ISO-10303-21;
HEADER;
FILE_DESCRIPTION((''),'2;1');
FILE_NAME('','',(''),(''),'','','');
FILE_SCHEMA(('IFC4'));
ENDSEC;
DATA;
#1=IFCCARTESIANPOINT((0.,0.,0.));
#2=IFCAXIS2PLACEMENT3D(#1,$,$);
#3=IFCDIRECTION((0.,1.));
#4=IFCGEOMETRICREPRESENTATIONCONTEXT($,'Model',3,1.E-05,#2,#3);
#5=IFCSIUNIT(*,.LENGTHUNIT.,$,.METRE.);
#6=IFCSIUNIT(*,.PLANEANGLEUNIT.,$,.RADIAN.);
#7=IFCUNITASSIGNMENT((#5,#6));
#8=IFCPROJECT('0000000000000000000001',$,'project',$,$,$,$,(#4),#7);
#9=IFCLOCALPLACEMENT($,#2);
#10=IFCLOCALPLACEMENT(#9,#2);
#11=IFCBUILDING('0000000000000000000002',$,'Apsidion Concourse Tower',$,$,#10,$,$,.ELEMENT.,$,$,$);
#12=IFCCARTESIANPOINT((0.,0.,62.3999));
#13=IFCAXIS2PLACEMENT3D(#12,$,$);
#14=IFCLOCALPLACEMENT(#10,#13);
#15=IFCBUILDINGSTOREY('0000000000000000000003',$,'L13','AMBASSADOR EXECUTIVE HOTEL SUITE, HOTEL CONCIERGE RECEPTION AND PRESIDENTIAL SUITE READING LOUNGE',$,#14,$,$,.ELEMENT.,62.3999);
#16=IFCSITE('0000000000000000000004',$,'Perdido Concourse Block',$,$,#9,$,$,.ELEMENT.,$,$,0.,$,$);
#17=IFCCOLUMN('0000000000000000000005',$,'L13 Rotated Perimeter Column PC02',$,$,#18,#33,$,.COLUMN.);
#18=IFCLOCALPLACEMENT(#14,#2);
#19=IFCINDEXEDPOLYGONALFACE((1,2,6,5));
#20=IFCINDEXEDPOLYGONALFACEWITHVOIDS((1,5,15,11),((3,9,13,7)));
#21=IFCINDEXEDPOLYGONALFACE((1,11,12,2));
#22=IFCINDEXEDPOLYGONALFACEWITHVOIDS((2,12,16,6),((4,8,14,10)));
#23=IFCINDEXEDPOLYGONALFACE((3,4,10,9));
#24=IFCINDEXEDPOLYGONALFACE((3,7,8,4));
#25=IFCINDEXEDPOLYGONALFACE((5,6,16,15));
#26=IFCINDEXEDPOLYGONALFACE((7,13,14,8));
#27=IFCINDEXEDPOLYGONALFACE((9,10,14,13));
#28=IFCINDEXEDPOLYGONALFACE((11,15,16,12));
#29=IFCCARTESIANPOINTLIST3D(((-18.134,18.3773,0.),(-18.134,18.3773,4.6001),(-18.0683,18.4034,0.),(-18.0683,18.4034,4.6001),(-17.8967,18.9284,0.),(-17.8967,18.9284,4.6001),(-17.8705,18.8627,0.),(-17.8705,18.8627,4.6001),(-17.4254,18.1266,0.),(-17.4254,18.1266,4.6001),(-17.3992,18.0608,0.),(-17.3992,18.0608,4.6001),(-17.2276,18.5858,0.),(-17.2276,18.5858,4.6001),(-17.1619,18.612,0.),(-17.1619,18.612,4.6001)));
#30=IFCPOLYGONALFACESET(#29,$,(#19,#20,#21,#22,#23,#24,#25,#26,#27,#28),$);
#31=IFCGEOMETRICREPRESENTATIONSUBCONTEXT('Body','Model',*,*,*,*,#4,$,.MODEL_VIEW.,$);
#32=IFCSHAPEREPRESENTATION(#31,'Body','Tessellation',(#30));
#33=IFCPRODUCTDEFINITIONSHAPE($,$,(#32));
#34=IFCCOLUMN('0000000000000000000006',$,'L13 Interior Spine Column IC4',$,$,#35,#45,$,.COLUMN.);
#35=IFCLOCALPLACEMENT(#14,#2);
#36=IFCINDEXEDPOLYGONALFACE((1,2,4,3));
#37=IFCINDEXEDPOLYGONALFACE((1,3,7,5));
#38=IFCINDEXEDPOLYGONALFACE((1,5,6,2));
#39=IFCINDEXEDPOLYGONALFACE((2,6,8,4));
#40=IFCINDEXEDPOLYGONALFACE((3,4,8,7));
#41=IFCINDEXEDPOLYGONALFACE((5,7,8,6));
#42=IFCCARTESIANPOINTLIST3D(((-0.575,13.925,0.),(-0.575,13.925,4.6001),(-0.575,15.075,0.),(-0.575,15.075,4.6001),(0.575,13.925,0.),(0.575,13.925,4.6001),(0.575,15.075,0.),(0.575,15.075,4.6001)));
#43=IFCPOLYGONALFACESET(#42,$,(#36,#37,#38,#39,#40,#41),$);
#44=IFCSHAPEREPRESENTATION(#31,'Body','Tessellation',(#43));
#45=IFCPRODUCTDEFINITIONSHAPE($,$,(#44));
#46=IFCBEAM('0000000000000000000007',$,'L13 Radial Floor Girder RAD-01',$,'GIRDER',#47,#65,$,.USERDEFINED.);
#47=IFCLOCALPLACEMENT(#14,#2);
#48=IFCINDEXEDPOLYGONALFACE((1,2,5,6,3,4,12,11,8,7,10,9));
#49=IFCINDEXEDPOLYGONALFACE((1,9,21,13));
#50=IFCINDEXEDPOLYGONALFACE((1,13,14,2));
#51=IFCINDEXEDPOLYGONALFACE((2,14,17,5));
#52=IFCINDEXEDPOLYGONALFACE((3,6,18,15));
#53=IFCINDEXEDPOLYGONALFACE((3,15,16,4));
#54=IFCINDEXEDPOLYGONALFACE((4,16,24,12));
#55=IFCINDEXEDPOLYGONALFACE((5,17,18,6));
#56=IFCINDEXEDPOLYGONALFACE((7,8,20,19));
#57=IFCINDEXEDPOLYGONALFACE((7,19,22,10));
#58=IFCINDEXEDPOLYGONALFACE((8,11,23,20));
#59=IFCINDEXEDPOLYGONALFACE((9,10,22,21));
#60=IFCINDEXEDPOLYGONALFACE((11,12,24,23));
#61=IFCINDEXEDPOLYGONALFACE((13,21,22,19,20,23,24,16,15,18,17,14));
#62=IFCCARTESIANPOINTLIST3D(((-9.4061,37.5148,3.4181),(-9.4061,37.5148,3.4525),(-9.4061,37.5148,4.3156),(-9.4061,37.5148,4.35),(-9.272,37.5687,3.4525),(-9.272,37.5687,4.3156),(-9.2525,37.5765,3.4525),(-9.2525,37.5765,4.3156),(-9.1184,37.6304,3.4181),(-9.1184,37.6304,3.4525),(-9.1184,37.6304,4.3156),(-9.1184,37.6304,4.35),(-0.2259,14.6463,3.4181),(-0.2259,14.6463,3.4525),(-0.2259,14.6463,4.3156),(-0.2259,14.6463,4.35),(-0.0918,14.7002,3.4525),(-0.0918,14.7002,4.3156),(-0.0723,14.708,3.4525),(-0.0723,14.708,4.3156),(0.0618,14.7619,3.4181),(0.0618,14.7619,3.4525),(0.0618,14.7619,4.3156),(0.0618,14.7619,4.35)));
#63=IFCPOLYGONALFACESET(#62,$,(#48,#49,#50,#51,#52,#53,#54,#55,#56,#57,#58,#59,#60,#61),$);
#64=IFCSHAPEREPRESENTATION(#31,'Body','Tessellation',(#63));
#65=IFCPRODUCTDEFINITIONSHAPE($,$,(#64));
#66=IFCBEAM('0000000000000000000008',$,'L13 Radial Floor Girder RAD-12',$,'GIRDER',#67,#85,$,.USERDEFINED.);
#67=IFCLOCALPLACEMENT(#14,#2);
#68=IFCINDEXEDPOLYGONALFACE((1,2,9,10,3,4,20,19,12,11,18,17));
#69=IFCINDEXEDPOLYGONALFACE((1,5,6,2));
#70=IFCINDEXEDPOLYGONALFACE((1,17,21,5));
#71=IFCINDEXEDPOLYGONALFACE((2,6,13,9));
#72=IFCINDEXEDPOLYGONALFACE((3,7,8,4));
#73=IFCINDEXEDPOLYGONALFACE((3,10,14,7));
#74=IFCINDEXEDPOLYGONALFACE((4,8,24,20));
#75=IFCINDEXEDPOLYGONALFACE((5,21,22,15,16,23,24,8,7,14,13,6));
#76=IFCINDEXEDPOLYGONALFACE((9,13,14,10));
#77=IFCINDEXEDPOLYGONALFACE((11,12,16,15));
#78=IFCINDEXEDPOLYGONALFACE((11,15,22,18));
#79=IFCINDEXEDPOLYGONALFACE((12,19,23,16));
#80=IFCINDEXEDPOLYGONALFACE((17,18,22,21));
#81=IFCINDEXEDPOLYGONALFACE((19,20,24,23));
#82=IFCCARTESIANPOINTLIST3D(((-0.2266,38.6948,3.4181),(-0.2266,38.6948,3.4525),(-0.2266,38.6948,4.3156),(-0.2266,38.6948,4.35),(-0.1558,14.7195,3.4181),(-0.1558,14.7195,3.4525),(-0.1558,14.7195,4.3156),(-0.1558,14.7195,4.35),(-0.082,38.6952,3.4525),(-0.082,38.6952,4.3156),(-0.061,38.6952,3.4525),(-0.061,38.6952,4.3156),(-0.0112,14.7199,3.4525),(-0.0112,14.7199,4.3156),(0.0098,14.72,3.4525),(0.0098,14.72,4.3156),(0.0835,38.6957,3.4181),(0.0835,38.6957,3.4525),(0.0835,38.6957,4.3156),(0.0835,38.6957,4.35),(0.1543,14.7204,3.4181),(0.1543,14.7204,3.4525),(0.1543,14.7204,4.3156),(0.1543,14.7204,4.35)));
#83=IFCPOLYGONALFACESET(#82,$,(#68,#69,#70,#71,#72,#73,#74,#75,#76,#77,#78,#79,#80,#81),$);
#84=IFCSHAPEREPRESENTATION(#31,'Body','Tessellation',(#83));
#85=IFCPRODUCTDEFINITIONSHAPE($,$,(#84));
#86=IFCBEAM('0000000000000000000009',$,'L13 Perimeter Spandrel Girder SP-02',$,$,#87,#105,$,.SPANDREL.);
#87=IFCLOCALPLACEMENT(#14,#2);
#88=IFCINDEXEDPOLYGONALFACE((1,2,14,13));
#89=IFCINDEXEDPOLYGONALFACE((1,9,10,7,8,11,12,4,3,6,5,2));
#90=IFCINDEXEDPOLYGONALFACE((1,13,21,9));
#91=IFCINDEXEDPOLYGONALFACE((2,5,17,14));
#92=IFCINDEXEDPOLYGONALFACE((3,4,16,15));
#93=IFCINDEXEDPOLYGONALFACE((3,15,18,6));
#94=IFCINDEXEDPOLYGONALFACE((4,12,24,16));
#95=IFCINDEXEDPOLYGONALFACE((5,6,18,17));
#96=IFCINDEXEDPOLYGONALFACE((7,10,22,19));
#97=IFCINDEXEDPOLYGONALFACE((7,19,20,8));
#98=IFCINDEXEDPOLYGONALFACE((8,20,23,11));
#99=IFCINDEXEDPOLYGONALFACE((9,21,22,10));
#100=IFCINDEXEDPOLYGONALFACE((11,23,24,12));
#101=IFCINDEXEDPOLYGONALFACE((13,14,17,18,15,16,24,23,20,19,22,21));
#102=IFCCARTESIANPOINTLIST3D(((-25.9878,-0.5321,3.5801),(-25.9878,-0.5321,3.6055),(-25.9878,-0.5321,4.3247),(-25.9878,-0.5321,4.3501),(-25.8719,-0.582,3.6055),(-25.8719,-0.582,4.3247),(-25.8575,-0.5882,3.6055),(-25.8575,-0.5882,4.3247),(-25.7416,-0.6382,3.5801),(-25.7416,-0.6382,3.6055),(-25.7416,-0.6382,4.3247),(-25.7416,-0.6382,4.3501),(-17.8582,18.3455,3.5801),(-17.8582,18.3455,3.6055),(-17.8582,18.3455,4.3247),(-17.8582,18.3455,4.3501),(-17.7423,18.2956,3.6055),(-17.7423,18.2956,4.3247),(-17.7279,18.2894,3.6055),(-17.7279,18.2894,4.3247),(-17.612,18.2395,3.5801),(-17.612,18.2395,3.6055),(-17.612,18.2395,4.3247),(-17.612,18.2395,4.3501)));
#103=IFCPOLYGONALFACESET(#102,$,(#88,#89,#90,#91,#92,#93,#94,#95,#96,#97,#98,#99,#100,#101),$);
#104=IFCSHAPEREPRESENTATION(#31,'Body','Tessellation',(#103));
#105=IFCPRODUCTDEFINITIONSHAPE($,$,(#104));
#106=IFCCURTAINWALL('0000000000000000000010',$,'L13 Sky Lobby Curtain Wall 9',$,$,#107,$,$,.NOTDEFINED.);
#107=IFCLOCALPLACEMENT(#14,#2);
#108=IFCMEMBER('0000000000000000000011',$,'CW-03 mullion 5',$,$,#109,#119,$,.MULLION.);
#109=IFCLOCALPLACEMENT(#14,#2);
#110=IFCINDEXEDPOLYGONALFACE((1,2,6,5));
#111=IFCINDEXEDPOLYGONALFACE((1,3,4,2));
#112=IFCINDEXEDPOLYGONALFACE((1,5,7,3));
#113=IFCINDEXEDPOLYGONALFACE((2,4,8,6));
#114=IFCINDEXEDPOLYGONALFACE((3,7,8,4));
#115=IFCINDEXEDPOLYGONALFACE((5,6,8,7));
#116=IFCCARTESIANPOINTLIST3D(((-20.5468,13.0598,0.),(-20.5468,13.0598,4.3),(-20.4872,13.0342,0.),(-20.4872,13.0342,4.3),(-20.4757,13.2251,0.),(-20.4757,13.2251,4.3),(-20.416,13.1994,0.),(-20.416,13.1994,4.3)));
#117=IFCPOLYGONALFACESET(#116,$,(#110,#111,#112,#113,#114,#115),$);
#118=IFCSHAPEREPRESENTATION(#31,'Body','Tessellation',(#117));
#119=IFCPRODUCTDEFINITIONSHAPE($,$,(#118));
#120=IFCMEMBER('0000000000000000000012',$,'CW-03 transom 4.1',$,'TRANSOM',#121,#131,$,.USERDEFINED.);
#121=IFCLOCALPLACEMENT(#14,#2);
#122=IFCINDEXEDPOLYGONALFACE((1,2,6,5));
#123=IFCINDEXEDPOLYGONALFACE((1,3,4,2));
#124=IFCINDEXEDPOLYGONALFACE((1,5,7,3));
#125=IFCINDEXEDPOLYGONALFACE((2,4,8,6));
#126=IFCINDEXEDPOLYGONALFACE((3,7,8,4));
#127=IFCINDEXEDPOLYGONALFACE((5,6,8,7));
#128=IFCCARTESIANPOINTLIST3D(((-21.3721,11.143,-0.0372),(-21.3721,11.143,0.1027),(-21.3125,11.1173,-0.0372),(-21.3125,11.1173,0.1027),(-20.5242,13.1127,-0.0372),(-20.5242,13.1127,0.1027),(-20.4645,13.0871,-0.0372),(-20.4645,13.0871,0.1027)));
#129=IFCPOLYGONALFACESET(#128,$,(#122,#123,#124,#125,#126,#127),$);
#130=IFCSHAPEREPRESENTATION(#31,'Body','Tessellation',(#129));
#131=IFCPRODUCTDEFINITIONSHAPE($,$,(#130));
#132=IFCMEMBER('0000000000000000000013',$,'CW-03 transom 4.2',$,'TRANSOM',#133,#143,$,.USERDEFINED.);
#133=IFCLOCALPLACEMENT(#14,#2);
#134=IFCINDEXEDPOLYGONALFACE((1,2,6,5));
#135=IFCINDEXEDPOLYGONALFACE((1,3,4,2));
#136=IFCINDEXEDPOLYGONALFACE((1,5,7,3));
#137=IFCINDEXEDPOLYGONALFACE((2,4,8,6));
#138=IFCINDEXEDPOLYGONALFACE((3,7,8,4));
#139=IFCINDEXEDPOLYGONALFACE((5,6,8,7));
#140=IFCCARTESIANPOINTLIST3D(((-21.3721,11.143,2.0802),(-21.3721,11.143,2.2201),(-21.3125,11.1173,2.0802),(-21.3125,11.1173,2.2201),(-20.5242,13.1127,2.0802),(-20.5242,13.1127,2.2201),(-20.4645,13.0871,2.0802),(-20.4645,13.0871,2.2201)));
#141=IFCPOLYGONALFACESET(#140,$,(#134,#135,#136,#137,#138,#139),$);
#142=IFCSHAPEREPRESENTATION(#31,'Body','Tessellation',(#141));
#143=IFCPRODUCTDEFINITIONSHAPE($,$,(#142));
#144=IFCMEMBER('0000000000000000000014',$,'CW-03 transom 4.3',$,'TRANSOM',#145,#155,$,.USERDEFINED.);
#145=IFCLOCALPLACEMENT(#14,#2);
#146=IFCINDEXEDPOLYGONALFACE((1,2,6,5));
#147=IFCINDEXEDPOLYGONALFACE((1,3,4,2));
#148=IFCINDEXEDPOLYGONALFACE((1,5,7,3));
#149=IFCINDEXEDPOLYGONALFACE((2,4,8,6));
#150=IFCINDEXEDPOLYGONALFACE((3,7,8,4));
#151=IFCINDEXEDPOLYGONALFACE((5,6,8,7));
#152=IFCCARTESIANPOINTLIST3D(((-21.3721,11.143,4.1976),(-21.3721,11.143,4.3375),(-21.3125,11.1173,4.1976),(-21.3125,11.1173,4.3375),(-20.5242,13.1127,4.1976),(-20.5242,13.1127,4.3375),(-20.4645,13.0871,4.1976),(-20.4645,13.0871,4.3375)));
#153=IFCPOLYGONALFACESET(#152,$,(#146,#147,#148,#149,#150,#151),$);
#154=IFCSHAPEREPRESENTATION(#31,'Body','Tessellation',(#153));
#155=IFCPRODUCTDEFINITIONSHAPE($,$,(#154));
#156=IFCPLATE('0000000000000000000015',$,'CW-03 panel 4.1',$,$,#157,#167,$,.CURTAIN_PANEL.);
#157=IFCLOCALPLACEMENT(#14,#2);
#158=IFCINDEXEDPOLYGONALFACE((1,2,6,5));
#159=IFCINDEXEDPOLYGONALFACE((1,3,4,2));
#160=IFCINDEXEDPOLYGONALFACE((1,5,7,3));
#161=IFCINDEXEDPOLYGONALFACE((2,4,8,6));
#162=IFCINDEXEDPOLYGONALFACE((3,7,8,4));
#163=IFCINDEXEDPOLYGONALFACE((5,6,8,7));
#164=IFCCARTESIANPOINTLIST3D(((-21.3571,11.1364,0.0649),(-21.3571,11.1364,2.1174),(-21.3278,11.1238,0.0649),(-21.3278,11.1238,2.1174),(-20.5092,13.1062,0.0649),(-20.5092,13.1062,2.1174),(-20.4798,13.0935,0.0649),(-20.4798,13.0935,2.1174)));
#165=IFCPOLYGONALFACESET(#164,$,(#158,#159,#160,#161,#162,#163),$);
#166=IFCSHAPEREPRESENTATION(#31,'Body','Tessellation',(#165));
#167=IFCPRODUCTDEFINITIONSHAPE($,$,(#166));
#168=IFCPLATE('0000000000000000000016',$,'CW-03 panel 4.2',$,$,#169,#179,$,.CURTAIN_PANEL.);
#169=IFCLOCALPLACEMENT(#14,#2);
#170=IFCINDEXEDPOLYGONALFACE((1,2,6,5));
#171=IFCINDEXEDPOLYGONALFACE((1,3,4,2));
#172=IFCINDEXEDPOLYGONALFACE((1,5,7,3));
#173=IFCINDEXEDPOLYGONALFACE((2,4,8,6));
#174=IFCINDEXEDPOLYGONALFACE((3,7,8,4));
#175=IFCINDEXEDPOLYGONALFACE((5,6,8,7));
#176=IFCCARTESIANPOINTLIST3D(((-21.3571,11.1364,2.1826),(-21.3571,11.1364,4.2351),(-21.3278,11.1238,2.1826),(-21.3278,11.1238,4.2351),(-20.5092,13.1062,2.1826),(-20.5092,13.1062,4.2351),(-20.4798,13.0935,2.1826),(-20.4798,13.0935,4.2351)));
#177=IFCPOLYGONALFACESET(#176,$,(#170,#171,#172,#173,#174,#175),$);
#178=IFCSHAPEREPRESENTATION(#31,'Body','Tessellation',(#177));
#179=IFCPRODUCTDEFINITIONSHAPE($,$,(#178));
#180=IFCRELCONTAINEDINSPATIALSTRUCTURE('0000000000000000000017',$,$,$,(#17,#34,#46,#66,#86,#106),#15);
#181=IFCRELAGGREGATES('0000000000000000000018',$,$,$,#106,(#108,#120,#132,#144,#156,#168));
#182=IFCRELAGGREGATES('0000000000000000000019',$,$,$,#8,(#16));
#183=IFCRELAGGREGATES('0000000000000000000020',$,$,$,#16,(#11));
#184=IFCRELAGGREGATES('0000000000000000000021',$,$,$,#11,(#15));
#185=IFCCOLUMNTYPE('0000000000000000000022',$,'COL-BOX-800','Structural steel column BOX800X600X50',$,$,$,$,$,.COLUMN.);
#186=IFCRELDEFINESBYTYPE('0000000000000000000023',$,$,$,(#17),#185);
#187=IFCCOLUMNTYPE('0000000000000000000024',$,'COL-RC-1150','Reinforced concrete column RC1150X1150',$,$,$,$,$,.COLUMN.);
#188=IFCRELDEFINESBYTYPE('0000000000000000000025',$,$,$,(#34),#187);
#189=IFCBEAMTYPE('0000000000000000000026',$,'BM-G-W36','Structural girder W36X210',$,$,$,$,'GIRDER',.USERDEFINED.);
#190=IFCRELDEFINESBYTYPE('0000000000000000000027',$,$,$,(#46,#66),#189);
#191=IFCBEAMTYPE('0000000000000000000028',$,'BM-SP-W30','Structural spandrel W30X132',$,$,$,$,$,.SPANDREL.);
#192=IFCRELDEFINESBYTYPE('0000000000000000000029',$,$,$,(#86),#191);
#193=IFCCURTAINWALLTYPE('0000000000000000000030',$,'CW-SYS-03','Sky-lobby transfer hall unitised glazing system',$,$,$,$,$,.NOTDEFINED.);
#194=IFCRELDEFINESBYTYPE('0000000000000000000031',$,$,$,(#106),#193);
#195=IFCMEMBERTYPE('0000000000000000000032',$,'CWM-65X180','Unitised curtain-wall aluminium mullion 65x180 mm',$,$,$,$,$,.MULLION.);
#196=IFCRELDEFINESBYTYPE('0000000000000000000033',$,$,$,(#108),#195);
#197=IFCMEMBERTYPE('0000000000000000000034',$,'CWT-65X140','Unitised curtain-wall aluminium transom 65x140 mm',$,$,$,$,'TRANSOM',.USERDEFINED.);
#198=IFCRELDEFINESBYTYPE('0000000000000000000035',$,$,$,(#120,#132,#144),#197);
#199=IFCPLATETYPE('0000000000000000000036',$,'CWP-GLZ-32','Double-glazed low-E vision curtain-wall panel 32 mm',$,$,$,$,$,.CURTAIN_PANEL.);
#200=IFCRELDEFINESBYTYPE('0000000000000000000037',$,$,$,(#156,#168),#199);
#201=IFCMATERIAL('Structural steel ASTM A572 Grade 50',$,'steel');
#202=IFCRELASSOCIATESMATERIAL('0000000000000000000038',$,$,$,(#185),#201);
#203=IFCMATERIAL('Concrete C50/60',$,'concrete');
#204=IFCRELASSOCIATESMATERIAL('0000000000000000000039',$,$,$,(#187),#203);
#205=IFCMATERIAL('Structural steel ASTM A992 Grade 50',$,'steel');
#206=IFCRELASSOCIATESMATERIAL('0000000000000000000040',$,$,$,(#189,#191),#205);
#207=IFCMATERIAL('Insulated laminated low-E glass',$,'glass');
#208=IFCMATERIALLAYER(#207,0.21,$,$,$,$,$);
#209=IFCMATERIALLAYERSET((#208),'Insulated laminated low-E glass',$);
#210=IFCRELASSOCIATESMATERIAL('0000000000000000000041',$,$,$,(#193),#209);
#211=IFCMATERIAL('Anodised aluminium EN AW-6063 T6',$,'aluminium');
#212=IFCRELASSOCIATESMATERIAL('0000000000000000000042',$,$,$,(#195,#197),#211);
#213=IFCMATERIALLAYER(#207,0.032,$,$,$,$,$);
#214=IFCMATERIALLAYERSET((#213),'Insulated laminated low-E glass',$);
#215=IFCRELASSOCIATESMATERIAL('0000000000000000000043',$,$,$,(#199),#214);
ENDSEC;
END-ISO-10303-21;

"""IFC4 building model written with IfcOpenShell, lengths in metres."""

from ifc_helpers import new_model, si_unit, direction, frame, origin, origin_2d, place, context, subcontext, project, spatial, rectangle, hollow_rectangle, i_section, extrude, material, layer, layer_set, material_profile, profile_set, type_object, element, aggregate, save


model = new_model("IFC4")

# Units and contexts
model_context = context("Model", 3, precision=1e-05, world=origin(), true_north=direction((0.0, 1.0)))
body_context = subcontext(model_context, "Body", "Model", "MODEL_VIEW")
ifc_project = project(units=[si_unit("LENGTHUNIT", "METRE"), si_unit("PLANEANGLEUNIT", "RADIAN")], contexts=[model_context])

# Site, building, storey
site_placement = place(None, origin())
site = spatial("IfcSite", under=ifc_project, at=site_placement, Name="Perdido Concourse Block", CompositionType="ELEMENT", RefElevation=0.0)
building_placement = place(site_placement, origin())
building = spatial("IfcBuilding", under=site, at=building_placement, Name="Apsidion Concourse Tower", CompositionType="ELEMENT")
storey_placement = place(building_placement, frame((0.0, 0.0, 62.3999)))
storey = spatial("IfcBuildingStorey", under=building, at=storey_placement, Name="L13", Description="AMBASSADOR EXECUTIVE HOTEL SUITE, HOTEL CONCIERGE RECEPTION AND PRESIDENTIAL SUITE READING LOUNGE", CompositionType="ELEMENT", Elevation=62.3999)

# Columns
ifc_material_1 = material(Name="Structural steel ASTM A572 Grade 50", Category="steel")
ifc_material_profile_1 = material_profile(ifc_material_1, hollow_rectangle(XDim=0.6001, YDim=0.8, WallThickness=0.05, at=origin_2d()), Name="BOX800X600X50")
ifc_profile_set_1 = profile_set([ifc_material_profile_1], Name="Structural steel ASTM A572 Grade 50")
column_type_1 = type_object("IfcColumnType", Name="COL-BOX-800", Description="Structural steel column BOX800X600X50", PredefinedType="COLUMN", material=ifc_profile_set_1)
column_1_placement = place(storey_placement, frame((-17.6479, 18.4946, 0.0), z_axis=(0.0, 0.0, 1.0), x_axis=(0.395546, 0.918446, 0.0)))
element("IfcColumn", 1, at=column_1_placement, inside=storey, type_object=column_type_1, Name="L13 Rotated Perimeter Column PC02", PredefinedType="COLUMN", context=body_context, shape_type="SweptSolid", body=[
    extrude(hollow_rectangle(XDim=0.6001, YDim=0.8, WallThickness=0.05, at=origin_2d()), origin(), (0.0, 0.0, 1.0), 4.6001),
])
ifc_material_2 = material(Name="Concrete C50/60", Category="concrete")
ifc_material_profile_2 = material_profile(ifc_material_2, rectangle(XDim=1.1499, YDim=1.1499, at=origin_2d()), Name="RC 1150x1150")
ifc_profile_set_2 = profile_set([ifc_material_profile_2], Name="Concrete C50/60")
column_type_2 = type_object("IfcColumnType", Name="COL-RC-1150", Description="Reinforced concrete column RC1150X1150", PredefinedType="COLUMN", material=ifc_profile_set_2)
column_2_placement = place(storey_placement, frame((0.0, 14.5, 0.0), z_axis=(0.0, 0.0, 1.0), x_axis=(1.0, 0.0, 0.0)))
element("IfcColumn", 2, at=column_2_placement, inside=storey, type_object=column_type_2, Name="L13 Interior Spine Column IC4", PredefinedType="COLUMN", context=body_context, shape_type="SweptSolid", body=[
    extrude(rectangle(XDim=1.1499, YDim=1.1499, at=origin_2d()), origin(), (0.0, 0.0, 1.0), 4.6001),
])

# Beams
ifc_material_3 = material(Name="Structural steel ASTM A992 Grade 50", Category="steel")
ifc_material_profile_3 = material_profile(ifc_material_3, i_section(OverallWidth=0.3101, OverallDepth=0.9319, WebThickness=0.021, FlangeThickness=0.0344, at=origin_2d()), Name="W36X210")
ifc_profile_set_3 = profile_set([ifc_material_profile_3], Name="Structural steel ASTM A992 Grade 50")
beam_type_1 = type_object("IfcBeamType", Name="BM-G-W36", Description="Structural girder W36X210", ElementType="GIRDER", PredefinedType="USERDEFINED", material=ifc_profile_set_3)
beam_1_placement = place(storey_placement, frame((-0.082, 14.7041, 3.884), z_axis=(-0.372538, 0.928017, 0.0), x_axis=(-0.928017, -0.372538, 0.0)))
element("IfcBeam", 3, at=beam_1_placement, inside=storey, type_object=beam_type_1, Name="L13 Radial Floor Girder RAD-01", ObjectType="GIRDER", PredefinedType="USERDEFINED", context=body_context, shape_type="SweptSolid", body=[
    extrude(i_section(OverallWidth=0.3101, OverallDepth=0.9319, WebThickness=0.021, FlangeThickness=0.0344, at=origin_2d()), origin(), (0.0, 0.0, 1.0), 24.6423),
])
beam_2_placement = place(storey_placement, frame((-0.0007, 14.72, 3.884), z_axis=(-0.002953, 0.999996, 0.0), x_axis=(-0.999996, -0.002953, 0.0)))
element("IfcBeam", 4, at=beam_2_placement, inside=storey, type_object=beam_type_1, Name="L13 Radial Floor Girder RAD-12", ObjectType="GIRDER", PredefinedType="USERDEFINED", context=body_context, shape_type="SweptSolid", body=[
    extrude(i_section(OverallWidth=0.3101, OverallDepth=0.9319, WebThickness=0.021, FlangeThickness=0.0344, at=origin_2d()), origin(), (0.0, 0.0, 1.0), 23.9753),
])
ifc_material_profile_4 = material_profile(ifc_material_3, i_section(OverallWidth=0.2681, OverallDepth=0.77, WebThickness=0.0156, FlangeThickness=0.0254, at=origin_2d()), Name="W30X132")
ifc_profile_set_4 = profile_set([ifc_material_profile_4], Name="Structural steel ASTM A992 Grade 50")
beam_type_2 = type_object("IfcBeamType", Name="BM-SP-W30", Description="Structural spandrel W30X132", PredefinedType="SPANDREL", material=ifc_profile_set_4)
beam_3_placement = place(storey_placement, frame((-17.7351, 18.2925, 3.9651), z_axis=(-0.39553, -0.918453, 0.0), x_axis=(0.918453, -0.39553, 0.0)))
element("IfcBeam", 5, at=beam_3_placement, inside=storey, type_object=beam_type_2, Name="L13 Perimeter Spandrel Girder SP-02", PredefinedType="SPANDREL", context=body_context, shape_type="SweptSolid", body=[
    extrude(i_section(OverallWidth=0.2681, OverallDepth=0.77, WebThickness=0.0156, FlangeThickness=0.0254, at=origin_2d()), origin(), (0.0, 0.0, 1.0), 20.5537),
])

# Curtain wall, members, plates
ifc_material_4 = material(Name="Insulated laminated low-E glass", Category="glass")
ifc_layer_1 = layer(ifc_material_4, 0.21)
ifc_layer_set_1 = layer_set([ifc_layer_1], Name="Insulated laminated low-E glass")
curtain_wall_type = type_object("IfcCurtainWallType", Name="CW-SYS-03", Description="Sky-lobby transfer hall unitised glazing system", PredefinedType="NOTDEFINED", material=ifc_layer_set_1)
curtain_wall_placement = place(storey_placement, origin())
curtain_wall = element("IfcCurtainWall", 6, at=curtain_wall_placement, inside=storey, type_object=curtain_wall_type, Name="L13 Sky Lobby Curtain Wall 9", PredefinedType="NOTDEFINED")
ifc_material_5 = material(Name="Anodised aluminium EN AW-6063 T6", Category="aluminium")
ifc_material_profile_5 = material_profile(ifc_material_5, rectangle(XDim=0.0649, YDim=0.1799, at=origin_2d()), Name="ALU MULLION 65x180")
ifc_profile_set_5 = profile_set([ifc_material_profile_5], Name="Anodised aluminium EN AW-6063 T6")
member_type_1 = type_object("IfcMemberType", Name="CWM-65X180", Description="Unitised curtain-wall aluminium mullion 65x180 mm", PredefinedType="MULLION", material=ifc_profile_set_5)
member_1_placement = place(storey_placement, frame((-20.4814, 13.1296, 0.0), z_axis=(0.0, 0.0, 1.0), x_axis=(-0.918501, 0.395419, 0.0)))
member_1 = element("IfcMember", 7, at=member_1_placement, type_object=member_type_1, Name="CW-03 mullion 5", PredefinedType="MULLION", context=body_context, shape_type="SweptSolid", body=[
    extrude(rectangle(XDim=0.0649, YDim=0.1799, at=origin_2d()), origin(), (0.0, 0.0, 1.0), 4.3),
])
ifc_material_profile_6 = material_profile(ifc_material_5, rectangle(XDim=0.0649, YDim=0.1399, at=origin_2d()), Name="ALU TRANSOM 65x140")
ifc_profile_set_6 = profile_set([ifc_material_profile_6], Name="Anodised aluminium EN AW-6063 T6")
member_type_2 = type_object("IfcMemberType", Name="CWT-65X140", Description="Unitised curtain-wall aluminium transom 65x140 mm", ElementType="TRANSOM", PredefinedType="USERDEFINED", material=ifc_profile_set_6)
member_2_placement = place(storey_placement, frame((-21.3423, 11.1301, 0.0327), z_axis=(0.395389, 0.918514, 0.0), x_axis=(-0.918514, 0.395389, 0.0)))
member_2 = element("IfcMember", 8, at=member_2_placement, type_object=member_type_2, Name="CW-03 transom 4.1", ObjectType="TRANSOM", PredefinedType="USERDEFINED", context=body_context, shape_type="SweptSolid", body=[
    extrude(rectangle(XDim=0.0649, YDim=0.1399, at=origin_2d()), origin(), (0.0, 0.0, 1.0), 2.1445),
])
member_3_placement = place(storey_placement, frame((-21.3423, 11.1301, 2.1501), z_axis=(0.395389, 0.918514, 0.0), x_axis=(-0.918514, 0.395389, 0.0)))
member_3 = element("IfcMember", 9, at=member_3_placement, type_object=member_type_2, Name="CW-03 transom 4.2", ObjectType="TRANSOM", PredefinedType="USERDEFINED", context=body_context, shape_type="SweptSolid", body=[
    extrude(rectangle(XDim=0.0649, YDim=0.1399, at=origin_2d()), origin(), (0.0, 0.0, 1.0), 2.1445),
])
member_4_placement = place(storey_placement, frame((-21.3423, 11.1301, 4.2676), z_axis=(0.395389, 0.918514, 0.0), x_axis=(-0.918514, 0.395389, 0.0)))
member_4 = element("IfcMember", 10, at=member_4_placement, type_object=member_type_2, Name="CW-03 transom 4.3", ObjectType="TRANSOM", PredefinedType="USERDEFINED", context=body_context, shape_type="SweptSolid", body=[
    extrude(rectangle(XDim=0.0649, YDim=0.1399, at=origin_2d()), origin(), (0.0, 0.0, 1.0), 2.1445),
])
ifc_layer_2 = layer(ifc_material_4, 0.032)
ifc_layer_set_2 = layer_set([ifc_layer_2], Name="Insulated laminated low-E glass")
plate_type = type_object("IfcPlateType", Name="CWP-GLZ-32", Description="Double-glazed low-E vision curtain-wall panel 32 mm", PredefinedType="CURTAIN_PANEL", material=ifc_layer_set_2)
plate_1_placement = place(storey_placement, frame((-20.9185, 12.115, 0.0649), z_axis=(0.0, 0.0, 1.0), x_axis=(0.395419, 0.918501, 0.0)))
plate_1 = element("IfcPlate", 11, at=plate_1_placement, type_object=plate_type, Name="CW-03 panel 4.1", PredefinedType="CURTAIN_PANEL", context=body_context, shape_type="SweptSolid", body=[
    extrude(rectangle(XDim=2.1445, YDim=0.032, at=origin_2d()), origin(), (0.0, 0.0, 1.0), 2.0525),
])
plate_2_placement = place(storey_placement, frame((-20.9185, 12.115, 2.1826), z_axis=(0.0, 0.0, 1.0), x_axis=(0.395419, 0.918501, 0.0)))
plate_2 = element("IfcPlate", 12, at=plate_2_placement, type_object=plate_type, Name="CW-03 panel 4.2", PredefinedType="CURTAIN_PANEL", context=body_context, shape_type="SweptSolid", body=[
    extrude(rectangle(XDim=2.1445, YDim=0.032, at=origin_2d()), origin(), (0.0, 0.0, 1.0), 2.0525),
])
aggregate(curtain_wall, [member_1, member_2, member_3, member_4, plate_1, plate_2])

save(model, "model.ifc")
